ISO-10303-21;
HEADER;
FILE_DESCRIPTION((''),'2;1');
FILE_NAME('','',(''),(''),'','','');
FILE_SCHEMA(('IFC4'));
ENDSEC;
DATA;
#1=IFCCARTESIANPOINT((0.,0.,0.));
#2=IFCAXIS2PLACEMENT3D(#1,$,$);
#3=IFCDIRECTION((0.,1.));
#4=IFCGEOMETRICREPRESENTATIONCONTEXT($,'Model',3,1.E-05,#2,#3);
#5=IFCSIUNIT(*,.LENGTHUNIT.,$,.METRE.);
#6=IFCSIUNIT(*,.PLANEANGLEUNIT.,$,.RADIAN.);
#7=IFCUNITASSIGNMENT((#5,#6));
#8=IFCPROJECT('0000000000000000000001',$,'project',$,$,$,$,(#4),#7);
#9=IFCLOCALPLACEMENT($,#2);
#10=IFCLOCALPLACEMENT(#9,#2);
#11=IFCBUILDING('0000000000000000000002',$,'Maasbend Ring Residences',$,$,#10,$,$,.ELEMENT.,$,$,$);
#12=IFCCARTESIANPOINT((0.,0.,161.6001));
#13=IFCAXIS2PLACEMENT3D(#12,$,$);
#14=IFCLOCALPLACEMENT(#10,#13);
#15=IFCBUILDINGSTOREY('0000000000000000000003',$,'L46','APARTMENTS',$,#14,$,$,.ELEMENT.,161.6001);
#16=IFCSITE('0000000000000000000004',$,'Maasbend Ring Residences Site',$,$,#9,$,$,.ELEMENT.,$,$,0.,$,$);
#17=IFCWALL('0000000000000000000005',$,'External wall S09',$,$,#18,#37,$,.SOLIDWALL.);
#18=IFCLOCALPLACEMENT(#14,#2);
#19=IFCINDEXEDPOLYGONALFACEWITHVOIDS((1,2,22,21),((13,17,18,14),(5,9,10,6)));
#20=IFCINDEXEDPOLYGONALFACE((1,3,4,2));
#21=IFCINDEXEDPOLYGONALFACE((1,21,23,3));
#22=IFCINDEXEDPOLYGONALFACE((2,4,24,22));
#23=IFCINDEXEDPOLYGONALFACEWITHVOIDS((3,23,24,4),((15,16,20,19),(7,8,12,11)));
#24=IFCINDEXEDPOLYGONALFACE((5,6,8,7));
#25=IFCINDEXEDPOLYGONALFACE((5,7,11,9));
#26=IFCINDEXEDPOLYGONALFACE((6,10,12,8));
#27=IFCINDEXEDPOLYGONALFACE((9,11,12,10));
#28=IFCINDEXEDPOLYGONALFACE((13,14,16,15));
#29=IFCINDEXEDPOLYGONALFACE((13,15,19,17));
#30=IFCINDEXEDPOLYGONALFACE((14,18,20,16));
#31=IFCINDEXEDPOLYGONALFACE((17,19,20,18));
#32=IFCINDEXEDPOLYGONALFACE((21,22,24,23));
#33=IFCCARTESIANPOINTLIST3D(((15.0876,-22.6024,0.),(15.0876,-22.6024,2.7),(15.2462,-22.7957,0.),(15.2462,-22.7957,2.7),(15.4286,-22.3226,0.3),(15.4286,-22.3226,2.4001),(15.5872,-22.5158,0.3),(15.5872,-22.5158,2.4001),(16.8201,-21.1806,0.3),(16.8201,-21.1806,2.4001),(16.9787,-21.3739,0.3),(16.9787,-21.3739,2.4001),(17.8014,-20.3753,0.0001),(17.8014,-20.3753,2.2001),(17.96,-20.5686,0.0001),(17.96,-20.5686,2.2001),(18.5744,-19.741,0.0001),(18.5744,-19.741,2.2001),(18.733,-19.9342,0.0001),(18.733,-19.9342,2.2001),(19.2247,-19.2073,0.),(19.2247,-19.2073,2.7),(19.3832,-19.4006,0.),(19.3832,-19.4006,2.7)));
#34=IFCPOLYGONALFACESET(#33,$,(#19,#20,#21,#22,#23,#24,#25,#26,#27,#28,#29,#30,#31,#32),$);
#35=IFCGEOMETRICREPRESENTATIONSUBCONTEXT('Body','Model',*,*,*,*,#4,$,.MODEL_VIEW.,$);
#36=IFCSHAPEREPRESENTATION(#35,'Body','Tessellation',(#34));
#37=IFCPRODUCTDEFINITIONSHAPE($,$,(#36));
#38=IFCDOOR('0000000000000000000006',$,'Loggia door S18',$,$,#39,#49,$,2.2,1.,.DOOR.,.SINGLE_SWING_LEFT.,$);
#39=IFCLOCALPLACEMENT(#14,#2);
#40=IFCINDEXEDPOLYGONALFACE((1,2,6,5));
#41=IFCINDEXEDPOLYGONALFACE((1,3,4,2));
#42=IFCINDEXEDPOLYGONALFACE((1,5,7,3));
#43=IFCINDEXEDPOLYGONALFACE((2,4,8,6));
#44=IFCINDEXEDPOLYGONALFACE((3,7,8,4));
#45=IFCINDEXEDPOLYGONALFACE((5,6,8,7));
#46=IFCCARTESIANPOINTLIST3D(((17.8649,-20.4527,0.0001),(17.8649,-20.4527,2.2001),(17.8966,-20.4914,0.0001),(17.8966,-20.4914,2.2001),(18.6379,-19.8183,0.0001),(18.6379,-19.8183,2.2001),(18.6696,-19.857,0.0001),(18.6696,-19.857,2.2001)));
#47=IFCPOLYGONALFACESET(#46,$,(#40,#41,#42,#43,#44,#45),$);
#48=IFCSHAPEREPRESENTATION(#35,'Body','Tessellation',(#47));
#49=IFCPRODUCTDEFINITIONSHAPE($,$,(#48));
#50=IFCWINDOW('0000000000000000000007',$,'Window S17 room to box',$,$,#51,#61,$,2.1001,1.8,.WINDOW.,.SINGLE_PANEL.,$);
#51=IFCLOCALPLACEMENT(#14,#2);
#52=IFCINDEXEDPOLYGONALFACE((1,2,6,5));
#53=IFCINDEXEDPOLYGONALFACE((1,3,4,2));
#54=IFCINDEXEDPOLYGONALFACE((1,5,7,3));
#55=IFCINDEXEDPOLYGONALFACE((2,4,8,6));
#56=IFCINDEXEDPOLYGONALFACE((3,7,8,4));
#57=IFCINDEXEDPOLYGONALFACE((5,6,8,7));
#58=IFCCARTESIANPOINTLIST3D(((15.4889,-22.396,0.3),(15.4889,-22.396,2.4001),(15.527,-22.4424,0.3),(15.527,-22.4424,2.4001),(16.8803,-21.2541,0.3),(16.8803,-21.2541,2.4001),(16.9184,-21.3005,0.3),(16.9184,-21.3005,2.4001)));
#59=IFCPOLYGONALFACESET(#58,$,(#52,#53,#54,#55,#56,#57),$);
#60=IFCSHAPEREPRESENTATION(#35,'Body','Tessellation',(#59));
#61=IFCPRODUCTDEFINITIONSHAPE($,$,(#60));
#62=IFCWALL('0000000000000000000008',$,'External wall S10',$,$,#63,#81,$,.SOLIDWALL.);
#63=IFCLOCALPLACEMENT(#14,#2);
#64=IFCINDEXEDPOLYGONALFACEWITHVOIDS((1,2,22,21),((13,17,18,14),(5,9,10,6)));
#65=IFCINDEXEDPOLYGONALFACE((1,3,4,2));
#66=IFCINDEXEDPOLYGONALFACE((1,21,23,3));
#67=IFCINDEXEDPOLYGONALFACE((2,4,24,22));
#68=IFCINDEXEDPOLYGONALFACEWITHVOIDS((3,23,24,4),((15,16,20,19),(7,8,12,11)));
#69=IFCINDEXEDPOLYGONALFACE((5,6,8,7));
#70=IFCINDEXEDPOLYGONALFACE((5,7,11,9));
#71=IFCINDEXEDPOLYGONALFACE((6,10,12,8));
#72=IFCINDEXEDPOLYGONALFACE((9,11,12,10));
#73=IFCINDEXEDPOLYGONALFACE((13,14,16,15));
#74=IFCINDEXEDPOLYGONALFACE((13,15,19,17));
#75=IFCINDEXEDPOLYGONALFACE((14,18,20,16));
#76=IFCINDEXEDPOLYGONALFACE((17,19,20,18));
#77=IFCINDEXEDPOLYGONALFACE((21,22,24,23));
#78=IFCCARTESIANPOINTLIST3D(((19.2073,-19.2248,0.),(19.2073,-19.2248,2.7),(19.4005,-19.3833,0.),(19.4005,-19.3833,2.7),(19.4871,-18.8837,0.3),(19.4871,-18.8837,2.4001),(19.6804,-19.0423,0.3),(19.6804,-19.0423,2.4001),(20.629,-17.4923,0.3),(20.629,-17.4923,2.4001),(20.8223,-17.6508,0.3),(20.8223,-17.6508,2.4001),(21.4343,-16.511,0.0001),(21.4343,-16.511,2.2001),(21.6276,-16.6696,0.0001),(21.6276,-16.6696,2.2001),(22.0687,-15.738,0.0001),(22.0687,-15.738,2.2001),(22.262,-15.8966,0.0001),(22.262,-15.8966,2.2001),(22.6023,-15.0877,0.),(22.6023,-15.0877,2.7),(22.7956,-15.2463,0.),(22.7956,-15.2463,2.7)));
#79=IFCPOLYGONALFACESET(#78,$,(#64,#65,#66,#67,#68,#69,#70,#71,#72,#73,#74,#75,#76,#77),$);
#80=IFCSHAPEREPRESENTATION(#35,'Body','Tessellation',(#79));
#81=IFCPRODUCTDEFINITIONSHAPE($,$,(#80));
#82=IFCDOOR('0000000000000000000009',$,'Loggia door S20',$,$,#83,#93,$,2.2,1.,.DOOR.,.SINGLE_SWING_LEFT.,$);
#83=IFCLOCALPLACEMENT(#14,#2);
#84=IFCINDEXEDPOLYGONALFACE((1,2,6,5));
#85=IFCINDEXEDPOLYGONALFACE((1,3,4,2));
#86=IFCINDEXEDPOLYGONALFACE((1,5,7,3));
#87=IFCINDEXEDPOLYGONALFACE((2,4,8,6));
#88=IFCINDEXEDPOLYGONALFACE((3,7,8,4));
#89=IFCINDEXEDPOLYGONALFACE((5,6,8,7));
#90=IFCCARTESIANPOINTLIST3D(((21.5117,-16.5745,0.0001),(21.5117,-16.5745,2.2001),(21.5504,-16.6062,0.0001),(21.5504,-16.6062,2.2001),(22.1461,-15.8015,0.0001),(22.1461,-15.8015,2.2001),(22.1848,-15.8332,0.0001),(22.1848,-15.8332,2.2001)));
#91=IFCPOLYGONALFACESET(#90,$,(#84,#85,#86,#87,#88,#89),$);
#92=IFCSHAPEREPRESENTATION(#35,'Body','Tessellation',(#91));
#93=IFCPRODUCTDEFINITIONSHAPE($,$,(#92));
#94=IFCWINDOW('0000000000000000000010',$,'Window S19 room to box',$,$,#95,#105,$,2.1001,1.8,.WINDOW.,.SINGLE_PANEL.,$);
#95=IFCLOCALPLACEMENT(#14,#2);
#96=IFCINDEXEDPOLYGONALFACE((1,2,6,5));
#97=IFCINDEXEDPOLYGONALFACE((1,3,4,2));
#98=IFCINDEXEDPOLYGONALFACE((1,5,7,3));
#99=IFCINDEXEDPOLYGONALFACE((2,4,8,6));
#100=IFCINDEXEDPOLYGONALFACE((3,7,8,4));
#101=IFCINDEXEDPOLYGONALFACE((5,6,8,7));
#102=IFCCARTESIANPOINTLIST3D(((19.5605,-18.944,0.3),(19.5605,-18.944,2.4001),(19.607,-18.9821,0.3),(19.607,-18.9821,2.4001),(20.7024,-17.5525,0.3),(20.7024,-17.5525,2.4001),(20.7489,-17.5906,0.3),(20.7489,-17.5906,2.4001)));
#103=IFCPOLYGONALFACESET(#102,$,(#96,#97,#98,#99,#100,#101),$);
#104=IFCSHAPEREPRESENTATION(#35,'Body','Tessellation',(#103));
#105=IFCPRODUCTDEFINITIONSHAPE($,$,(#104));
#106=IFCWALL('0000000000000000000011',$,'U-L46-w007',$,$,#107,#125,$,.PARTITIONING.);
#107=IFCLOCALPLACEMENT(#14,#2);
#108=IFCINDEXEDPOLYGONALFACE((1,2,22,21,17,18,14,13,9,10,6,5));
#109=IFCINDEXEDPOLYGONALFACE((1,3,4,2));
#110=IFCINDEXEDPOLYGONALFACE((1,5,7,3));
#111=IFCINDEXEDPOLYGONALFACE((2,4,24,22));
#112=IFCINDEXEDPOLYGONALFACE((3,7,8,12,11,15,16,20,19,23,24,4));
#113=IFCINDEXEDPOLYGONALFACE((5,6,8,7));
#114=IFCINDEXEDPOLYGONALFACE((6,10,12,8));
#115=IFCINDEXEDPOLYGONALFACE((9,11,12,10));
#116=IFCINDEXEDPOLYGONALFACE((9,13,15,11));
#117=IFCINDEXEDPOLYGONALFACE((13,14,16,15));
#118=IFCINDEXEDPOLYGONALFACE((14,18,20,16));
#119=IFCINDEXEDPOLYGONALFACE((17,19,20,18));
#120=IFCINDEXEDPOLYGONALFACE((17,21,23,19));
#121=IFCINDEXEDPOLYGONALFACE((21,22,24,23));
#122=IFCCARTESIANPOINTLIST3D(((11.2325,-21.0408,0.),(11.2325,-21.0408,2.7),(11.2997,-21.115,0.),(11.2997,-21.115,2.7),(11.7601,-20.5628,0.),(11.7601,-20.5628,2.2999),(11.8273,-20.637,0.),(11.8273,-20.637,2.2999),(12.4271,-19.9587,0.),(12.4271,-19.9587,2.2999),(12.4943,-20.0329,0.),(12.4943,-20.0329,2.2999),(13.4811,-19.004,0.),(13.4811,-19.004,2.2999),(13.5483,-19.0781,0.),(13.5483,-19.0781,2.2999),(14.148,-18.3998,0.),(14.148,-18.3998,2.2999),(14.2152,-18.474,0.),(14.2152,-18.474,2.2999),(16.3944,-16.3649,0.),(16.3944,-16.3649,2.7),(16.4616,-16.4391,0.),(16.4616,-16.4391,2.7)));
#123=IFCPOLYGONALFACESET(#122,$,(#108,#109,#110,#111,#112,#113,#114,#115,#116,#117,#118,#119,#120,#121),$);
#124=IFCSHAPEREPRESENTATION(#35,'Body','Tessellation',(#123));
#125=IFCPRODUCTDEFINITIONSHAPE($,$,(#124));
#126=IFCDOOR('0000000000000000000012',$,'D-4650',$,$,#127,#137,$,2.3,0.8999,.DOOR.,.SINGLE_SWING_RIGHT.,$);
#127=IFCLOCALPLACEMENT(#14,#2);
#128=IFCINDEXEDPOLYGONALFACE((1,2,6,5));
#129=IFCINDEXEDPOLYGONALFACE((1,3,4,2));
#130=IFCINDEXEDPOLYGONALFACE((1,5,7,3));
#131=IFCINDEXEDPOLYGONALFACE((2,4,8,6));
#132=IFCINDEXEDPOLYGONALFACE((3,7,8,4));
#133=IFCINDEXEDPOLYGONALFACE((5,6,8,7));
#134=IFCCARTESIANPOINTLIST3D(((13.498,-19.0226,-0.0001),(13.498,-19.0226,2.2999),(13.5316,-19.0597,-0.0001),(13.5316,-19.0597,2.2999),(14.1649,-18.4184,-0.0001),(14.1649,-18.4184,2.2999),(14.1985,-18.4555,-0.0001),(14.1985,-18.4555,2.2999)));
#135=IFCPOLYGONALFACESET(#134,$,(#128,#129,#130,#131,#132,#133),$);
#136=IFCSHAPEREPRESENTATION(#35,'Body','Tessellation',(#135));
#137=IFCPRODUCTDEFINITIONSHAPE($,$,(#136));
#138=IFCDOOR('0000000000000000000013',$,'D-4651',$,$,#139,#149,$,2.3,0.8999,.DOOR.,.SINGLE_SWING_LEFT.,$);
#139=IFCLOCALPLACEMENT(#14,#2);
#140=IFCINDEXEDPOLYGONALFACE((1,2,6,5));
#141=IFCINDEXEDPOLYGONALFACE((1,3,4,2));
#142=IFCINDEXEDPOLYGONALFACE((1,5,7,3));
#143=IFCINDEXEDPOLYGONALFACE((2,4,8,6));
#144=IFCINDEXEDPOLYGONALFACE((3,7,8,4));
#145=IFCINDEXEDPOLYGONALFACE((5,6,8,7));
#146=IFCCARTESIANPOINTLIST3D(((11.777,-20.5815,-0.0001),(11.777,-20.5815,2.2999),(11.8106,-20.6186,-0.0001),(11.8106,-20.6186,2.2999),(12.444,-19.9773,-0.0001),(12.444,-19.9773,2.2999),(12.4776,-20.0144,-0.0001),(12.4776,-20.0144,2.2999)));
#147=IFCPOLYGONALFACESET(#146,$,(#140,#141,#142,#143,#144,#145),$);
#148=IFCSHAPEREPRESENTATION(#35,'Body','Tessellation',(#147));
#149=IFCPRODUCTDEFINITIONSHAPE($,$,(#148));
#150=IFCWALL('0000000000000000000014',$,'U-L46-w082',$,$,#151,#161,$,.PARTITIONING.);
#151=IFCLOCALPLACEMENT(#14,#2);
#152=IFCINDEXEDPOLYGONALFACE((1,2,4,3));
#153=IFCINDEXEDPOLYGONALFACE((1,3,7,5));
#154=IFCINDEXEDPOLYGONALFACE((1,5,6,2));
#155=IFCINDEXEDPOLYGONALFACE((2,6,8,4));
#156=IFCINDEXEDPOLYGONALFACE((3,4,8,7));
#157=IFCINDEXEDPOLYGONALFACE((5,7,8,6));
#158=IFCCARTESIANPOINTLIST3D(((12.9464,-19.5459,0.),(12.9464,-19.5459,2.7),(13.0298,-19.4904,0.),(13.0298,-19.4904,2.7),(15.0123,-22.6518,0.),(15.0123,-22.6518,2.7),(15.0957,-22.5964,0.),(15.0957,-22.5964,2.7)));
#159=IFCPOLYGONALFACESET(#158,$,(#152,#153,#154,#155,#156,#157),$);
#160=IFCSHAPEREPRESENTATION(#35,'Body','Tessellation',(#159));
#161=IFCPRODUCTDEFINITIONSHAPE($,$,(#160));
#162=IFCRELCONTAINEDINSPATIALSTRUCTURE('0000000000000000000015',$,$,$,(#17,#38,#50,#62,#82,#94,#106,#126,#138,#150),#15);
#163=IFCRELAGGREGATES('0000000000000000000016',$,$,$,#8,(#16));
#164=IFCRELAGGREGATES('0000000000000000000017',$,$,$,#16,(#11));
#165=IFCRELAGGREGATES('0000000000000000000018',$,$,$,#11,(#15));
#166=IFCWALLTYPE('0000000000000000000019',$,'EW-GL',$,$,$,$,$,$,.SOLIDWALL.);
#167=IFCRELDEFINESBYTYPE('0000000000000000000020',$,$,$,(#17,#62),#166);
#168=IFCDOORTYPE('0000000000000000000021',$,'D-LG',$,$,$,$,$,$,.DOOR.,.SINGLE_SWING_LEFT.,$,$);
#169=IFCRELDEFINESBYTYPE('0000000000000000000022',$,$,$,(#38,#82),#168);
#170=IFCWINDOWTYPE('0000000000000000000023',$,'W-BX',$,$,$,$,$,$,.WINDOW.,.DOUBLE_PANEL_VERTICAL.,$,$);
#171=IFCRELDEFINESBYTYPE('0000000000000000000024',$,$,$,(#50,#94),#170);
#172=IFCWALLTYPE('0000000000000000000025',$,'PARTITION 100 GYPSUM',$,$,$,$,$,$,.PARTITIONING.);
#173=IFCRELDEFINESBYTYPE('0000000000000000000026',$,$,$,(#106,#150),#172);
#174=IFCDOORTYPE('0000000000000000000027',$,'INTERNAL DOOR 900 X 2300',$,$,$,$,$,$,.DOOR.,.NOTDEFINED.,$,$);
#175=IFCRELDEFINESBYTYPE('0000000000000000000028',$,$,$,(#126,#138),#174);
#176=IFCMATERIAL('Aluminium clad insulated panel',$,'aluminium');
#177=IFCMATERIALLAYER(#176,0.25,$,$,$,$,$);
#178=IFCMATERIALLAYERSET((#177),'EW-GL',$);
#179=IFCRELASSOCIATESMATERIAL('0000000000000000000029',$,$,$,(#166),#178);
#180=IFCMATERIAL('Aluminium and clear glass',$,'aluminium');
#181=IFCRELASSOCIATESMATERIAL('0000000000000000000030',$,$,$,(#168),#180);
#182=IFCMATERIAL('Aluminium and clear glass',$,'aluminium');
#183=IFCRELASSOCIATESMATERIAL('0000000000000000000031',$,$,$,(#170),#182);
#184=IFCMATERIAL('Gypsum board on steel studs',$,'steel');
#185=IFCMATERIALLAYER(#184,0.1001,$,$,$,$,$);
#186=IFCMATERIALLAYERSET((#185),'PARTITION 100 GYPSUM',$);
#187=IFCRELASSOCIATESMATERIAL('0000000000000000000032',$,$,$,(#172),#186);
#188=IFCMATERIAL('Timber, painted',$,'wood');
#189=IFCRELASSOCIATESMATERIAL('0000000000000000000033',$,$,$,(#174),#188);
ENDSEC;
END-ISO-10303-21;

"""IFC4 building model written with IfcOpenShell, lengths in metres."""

from ifc_helpers import new_model, si_unit, direction, frame, frame_2d, origin, place, context, subcontext, project, spatial, rectangle, extrude, material, layer, layer_set, type_object, element, fill, save


model = new_model("IFC4")

# Units and contexts
model_context = context("Model", 3, precision=1e-05, world=origin(), true_north=direction((0.0, 1.0)))
body_context = subcontext(model_context, "Body", "Model", "MODEL_VIEW")
ifc_project = project(units=[si_unit("LENGTHUNIT", "METRE"), si_unit("PLANEANGLEUNIT", "RADIAN")], contexts=[model_context])

# Site, building, storey
site_placement = place(None, origin())
site = spatial("IfcSite", under=ifc_project, at=site_placement, Name="Maasbend Ring Residences Site", CompositionType="ELEMENT", RefElevation=0.0)
building_placement = place(site_placement, origin())
building = spatial("IfcBuilding", under=site, at=building_placement, Name="Maasbend Ring Residences", CompositionType="ELEMENT")
storey_placement = place(building_placement, frame((0.0, 0.0, 161.6001)))
storey = spatial("IfcBuildingStorey", under=building, at=storey_placement, Name="L46", Description="APARTMENTS", CompositionType="ELEMENT", Elevation=161.6001)

# Walls, openings, doors, windows
ifc_material_1 = material(Name="Aluminium clad insulated panel", Category="aluminium")
ifc_layer_1 = layer(ifc_material_1, 0.25)
ifc_layer_set_1 = layer_set([ifc_layer_1], Name="EW-GL")
wall_type_1 = type_object("IfcWallType", Name="EW-GL", PredefinedType="SOLIDWALL", material=ifc_layer_set_1)
wall_1_placement = place(storey_placement, frame((15.167, -22.699, 0.0), z_axis=(0.0, 0.0, 1.0), x_axis=(0.773019, 0.634382, 0.0)))
wall_1 = element("IfcWall", 1, at=wall_1_placement, inside=storey, type_object=wall_type_1, Name="External wall S09", PredefinedType="SOLIDWALL", context=body_context, shape_type="SweptSolid", body=[
    extrude(rectangle(XDim=5.3518, YDim=0.25, at=frame_2d((2.6758, 0.0))), origin(), (0.0, 0.0, 1.0), 2.7),
])
opening_1_placement = place(wall_1_placement, frame((0.4412, 0.0, 0.3)))
opening_1 = element("IfcOpeningElement", 2, at=opening_1_placement, cuts=wall_1, PredefinedType="OPENING", context=body_context, shape_type="SweptSolid", body=[
    extrude(rectangle(XDim=1.8, YDim=2.1001, at=frame_2d((0.8999, 1.05))), frame((0.0, 0.135, 0.0), z_axis=(0.0, -1.0, 0.0), x_axis=(1.0, 0.0, 0.0)), (0.0, 0.0, 1.0), 0.27),
])
opening_2_placement = place(wall_1_placement, frame((3.5105, 0.0, 0.0)))
opening_2 = element("IfcOpeningElement", 3, at=opening_2_placement, cuts=wall_1, PredefinedType="OPENING", context=body_context, shape_type="SweptSolid", body=[
    extrude(rectangle(XDim=1.0, YDim=2.2, at=frame_2d((0.5, 1.1001))), frame((0.0, 0.135, 0.0), z_axis=(0.0, -1.0, 0.0), x_axis=(1.0, 0.0, 0.0)), (0.0, 0.0, 1.0), 0.27),
])
ifc_material_2 = material(Name="Aluminium and clear glass", Category="aluminium")
door_type_1 = type_object("IfcDoorType", Name="D-LG", OperationType="SINGLE_SWING_LEFT", PredefinedType="DOOR", material=ifc_material_2)
door_1_placement = place(opening_2_placement, origin())
door_1 = element("IfcDoor", 4, at=door_1_placement, inside=storey, type_object=door_type_1, Name="Loggia door S18", OperationType="SINGLE_SWING_LEFT", OverallHeight=2.2, OverallWidth=1.0, PredefinedType="DOOR", context=body_context, shape_type="SweptSolid", body=[
    extrude(rectangle(XDim=1.0, YDim=2.2, at=frame_2d((0.5, 1.1001))), frame((0.0, 0.0249, 0.0), z_axis=(0.0, -1.0, 0.0), x_axis=(1.0, 0.0, 0.0)), (0.0, 0.0, 1.0), 0.05),
])
fill(opening_2, door_1)
ifc_material_3 = material(Name="Aluminium and clear glass", Category="aluminium")
window_type_1 = type_object("IfcWindowType", Name="W-BX", PartitioningType="DOUBLE_PANEL_VERTICAL", PredefinedType="WINDOW", material=ifc_material_3)
window_1_placement = place(opening_1_placement, origin())
window_1 = element("IfcWindow", 5, at=window_1_placement, inside=storey, type_object=window_type_1, Name="Window S17 room to box", OverallHeight=2.1001, OverallWidth=1.8, PartitioningType="SINGLE_PANEL", PredefinedType="WINDOW", context=body_context, shape_type="SweptSolid", body=[
    extrude(rectangle(XDim=1.8, YDim=2.1001, at=frame_2d((0.8999, 1.05))), frame((0.0, 0.03, 0.0), z_axis=(0.0, -1.0, 0.0), x_axis=(1.0, 0.0, 0.0)), (0.0, 0.0, 1.0), 0.0601),
])
fill(opening_1, window_1)
wall_2_placement = place(storey_placement, frame((19.304, -19.304, 0.0), z_axis=(0.0, 0.0, 1.0), x_axis=(0.634382, 0.773019, 0.0)))
wall_2 = element("IfcWall", 6, at=wall_2_placement, inside=storey, type_object=wall_type_1, Name="External wall S10", PredefinedType="SOLIDWALL", context=body_context, shape_type="SweptSolid", body=[
    extrude(rectangle(XDim=5.3518, YDim=0.25, at=frame_2d((2.6758, 0.0))), origin(), (0.0, 0.0, 1.0), 2.7),
])
opening_3_placement = place(wall_2_placement, frame((0.4412, 0.0, 0.3)))
opening_3 = element("IfcOpeningElement", 7, at=opening_3_placement, cuts=wall_2, PredefinedType="OPENING", context=body_context, shape_type="SweptSolid", body=[
    extrude(rectangle(XDim=1.8, YDim=2.1001, at=frame_2d((0.8999, 1.05))), frame((0.0, 0.135, 0.0), z_axis=(0.0, -1.0, 0.0), x_axis=(1.0, 0.0, 0.0)), (0.0, 0.0, 1.0), 0.27),
])
opening_4_placement = place(wall_2_placement, frame((3.5105, 0.0, 0.0)))
opening_4 = element("IfcOpeningElement", 8, at=opening_4_placement, cuts=wall_2, PredefinedType="OPENING", context=body_context, shape_type="SweptSolid", body=[
    extrude(rectangle(XDim=1.0, YDim=2.2, at=frame_2d((0.5, 1.1001))), frame((0.0, 0.135, 0.0), z_axis=(0.0, -1.0, 0.0), x_axis=(1.0, 0.0, 0.0)), (0.0, 0.0, 1.0), 0.27),
])
door_2_placement = place(opening_4_placement, origin())
door_2 = element("IfcDoor", 9, at=door_2_placement, inside=storey, type_object=door_type_1, Name="Loggia door S20", OperationType="SINGLE_SWING_LEFT", OverallHeight=2.2, OverallWidth=1.0, PredefinedType="DOOR", context=body_context, shape_type="SweptSolid", body=[
    extrude(rectangle(XDim=1.0, YDim=2.2, at=frame_2d((0.5, 1.1001))), frame((0.0, 0.0249, 0.0), z_axis=(0.0, -1.0, 0.0), x_axis=(1.0, 0.0, 0.0)), (0.0, 0.0, 1.0), 0.05),
])
fill(opening_4, door_2)
window_2_placement = place(opening_3_placement, origin())
window_2 = element("IfcWindow", 10, at=window_2_placement, inside=storey, type_object=window_type_1, Name="Window S19 room to box", OverallHeight=2.1001, OverallWidth=1.8, PartitioningType="SINGLE_PANEL", PredefinedType="WINDOW", context=body_context, shape_type="SweptSolid", body=[
    extrude(rectangle(XDim=1.8, YDim=2.1001, at=frame_2d((0.8999, 1.05))), frame((0.0, 0.03, 0.0), z_axis=(0.0, -1.0, 0.0), x_axis=(1.0, 0.0, 0.0)), (0.0, 0.0, 1.0), 0.0601),
])
fill(opening_3, window_2)

# Wall, openings, doors
ifc_material_4 = material(Name="Gypsum board on steel studs", Category="steel")
ifc_layer_2 = layer(ifc_material_4, 0.1001)
ifc_layer_set_2 = layer_set([ifc_layer_2], Name="PARTITION 100 GYPSUM")
wall_type_2 = type_object("IfcWallType", Name="PARTITION 100 GYPSUM", PredefinedType="PARTITIONING", material=ifc_layer_set_2)
wall_3_placement = place(storey_placement, frame((11.2661, -21.0779, 0.0), z_axis=(0.0, 0.0, 1.0), x_axis=(0.741141, 0.671349, 0.0)))
wall_3 = element("IfcWall", 11, at=wall_3_placement, inside=storey, type_object=wall_type_2, Name="U-L46-w007", PredefinedType="PARTITIONING", context=body_context, shape_type="SweptSolid", body=[
    extrude(rectangle(XDim=6.9648, YDim=0.1001, at=frame_2d((3.4824, 0.0))), origin(), (0.0, 0.0, 1.0), 2.7),
])
opening_5_placement = place(wall_3_placement, frame((3.0339, 0.0, 0.0)))
opening_5 = element("IfcOpeningElement", 12, at=opening_5_placement, cuts=wall_3, PredefinedType="OPENING", context=body_context, shape_type="SweptSolid", body=[
    extrude(rectangle(XDim=0.8999, YDim=2.3, at=frame_2d((0.45, 1.1499))), frame((0.0, 0.0601, 0.0), z_axis=(0.0, -1.0, 0.0), x_axis=(1.0, 0.0, 0.0)), (0.0, 0.0, 1.0), 0.1201),
])
opening_6_placement = place(wall_3_placement, frame((0.7119, 0.0, 0.0)))
opening_6 = element("IfcOpeningElement", 13, at=opening_6_placement, cuts=wall_3, PredefinedType="OPENING", context=body_context, shape_type="SweptSolid", body=[
    extrude(rectangle(XDim=0.8999, YDim=2.3, at=frame_2d((0.45, 1.1499))), frame((0.0, 0.0601, 0.0), z_axis=(0.0, -1.0, 0.0), x_axis=(1.0, 0.0, 0.0)), (0.0, 0.0, 1.0), 0.1201),
])
ifc_material_5 = material(Name="Timber, painted", Category="wood")
door_type_2 = type_object("IfcDoorType", Name="INTERNAL DOOR 900 X 2300", OperationType="NOTDEFINED", PredefinedType="DOOR", material=ifc_material_5)
door_3_placement = place(opening_5_placement, origin())
door_3 = element("IfcDoor", 14, at=door_3_placement, inside=storey, type_object=door_type_2, Name="D-4650", OperationType="SINGLE_SWING_RIGHT", OverallHeight=2.3, OverallWidth=0.8999, PredefinedType="DOOR", context=body_context, shape_type="SweptSolid", body=[
    extrude(rectangle(XDim=0.8999, YDim=2.3, at=frame_2d((0.45, 1.1499))), frame((0.0, 0.0249, 0.0), z_axis=(0.0, -1.0, 0.0), x_axis=(1.0, 0.0, 0.0)), (0.0, 0.0, 1.0), 0.05),
])
fill(opening_5, door_3)
door_4_placement = place(opening_6_placement, origin())
door_4 = element("IfcDoor", 15, at=door_4_placement, inside=storey, type_object=door_type_2, Name="D-4651", OperationType="SINGLE_SWING_LEFT", OverallHeight=2.3, OverallWidth=0.8999, PredefinedType="DOOR", context=body_context, shape_type="SweptSolid", body=[
    extrude(rectangle(XDim=0.8999, YDim=2.3, at=frame_2d((0.45, 1.1499))), frame((0.0, 0.0249, 0.0), z_axis=(0.0, -1.0, 0.0), x_axis=(1.0, 0.0, 0.0)), (0.0, 0.0, 1.0), 0.05),
])
fill(opening_6, door_4)

# Wall
wall_4_placement = place(storey_placement, frame((12.988, -19.5181, 0.0), z_axis=(0.0, 0.0, 1.0), x_axis=(0.553824, -0.832634, 0.0)))
element("IfcWall", 16, at=wall_4_placement, inside=storey, type_object=wall_type_2, Name="U-L46-w082", PredefinedType="PARTITIONING", context=body_context, shape_type="SweptSolid", body=[
    extrude(rectangle(XDim=3.7302, YDim=0.1001, at=frame_2d((1.8652, 0.0))), origin(), (0.0, 0.0, 1.0), 2.7),
])

save(model, "model.ifc")
